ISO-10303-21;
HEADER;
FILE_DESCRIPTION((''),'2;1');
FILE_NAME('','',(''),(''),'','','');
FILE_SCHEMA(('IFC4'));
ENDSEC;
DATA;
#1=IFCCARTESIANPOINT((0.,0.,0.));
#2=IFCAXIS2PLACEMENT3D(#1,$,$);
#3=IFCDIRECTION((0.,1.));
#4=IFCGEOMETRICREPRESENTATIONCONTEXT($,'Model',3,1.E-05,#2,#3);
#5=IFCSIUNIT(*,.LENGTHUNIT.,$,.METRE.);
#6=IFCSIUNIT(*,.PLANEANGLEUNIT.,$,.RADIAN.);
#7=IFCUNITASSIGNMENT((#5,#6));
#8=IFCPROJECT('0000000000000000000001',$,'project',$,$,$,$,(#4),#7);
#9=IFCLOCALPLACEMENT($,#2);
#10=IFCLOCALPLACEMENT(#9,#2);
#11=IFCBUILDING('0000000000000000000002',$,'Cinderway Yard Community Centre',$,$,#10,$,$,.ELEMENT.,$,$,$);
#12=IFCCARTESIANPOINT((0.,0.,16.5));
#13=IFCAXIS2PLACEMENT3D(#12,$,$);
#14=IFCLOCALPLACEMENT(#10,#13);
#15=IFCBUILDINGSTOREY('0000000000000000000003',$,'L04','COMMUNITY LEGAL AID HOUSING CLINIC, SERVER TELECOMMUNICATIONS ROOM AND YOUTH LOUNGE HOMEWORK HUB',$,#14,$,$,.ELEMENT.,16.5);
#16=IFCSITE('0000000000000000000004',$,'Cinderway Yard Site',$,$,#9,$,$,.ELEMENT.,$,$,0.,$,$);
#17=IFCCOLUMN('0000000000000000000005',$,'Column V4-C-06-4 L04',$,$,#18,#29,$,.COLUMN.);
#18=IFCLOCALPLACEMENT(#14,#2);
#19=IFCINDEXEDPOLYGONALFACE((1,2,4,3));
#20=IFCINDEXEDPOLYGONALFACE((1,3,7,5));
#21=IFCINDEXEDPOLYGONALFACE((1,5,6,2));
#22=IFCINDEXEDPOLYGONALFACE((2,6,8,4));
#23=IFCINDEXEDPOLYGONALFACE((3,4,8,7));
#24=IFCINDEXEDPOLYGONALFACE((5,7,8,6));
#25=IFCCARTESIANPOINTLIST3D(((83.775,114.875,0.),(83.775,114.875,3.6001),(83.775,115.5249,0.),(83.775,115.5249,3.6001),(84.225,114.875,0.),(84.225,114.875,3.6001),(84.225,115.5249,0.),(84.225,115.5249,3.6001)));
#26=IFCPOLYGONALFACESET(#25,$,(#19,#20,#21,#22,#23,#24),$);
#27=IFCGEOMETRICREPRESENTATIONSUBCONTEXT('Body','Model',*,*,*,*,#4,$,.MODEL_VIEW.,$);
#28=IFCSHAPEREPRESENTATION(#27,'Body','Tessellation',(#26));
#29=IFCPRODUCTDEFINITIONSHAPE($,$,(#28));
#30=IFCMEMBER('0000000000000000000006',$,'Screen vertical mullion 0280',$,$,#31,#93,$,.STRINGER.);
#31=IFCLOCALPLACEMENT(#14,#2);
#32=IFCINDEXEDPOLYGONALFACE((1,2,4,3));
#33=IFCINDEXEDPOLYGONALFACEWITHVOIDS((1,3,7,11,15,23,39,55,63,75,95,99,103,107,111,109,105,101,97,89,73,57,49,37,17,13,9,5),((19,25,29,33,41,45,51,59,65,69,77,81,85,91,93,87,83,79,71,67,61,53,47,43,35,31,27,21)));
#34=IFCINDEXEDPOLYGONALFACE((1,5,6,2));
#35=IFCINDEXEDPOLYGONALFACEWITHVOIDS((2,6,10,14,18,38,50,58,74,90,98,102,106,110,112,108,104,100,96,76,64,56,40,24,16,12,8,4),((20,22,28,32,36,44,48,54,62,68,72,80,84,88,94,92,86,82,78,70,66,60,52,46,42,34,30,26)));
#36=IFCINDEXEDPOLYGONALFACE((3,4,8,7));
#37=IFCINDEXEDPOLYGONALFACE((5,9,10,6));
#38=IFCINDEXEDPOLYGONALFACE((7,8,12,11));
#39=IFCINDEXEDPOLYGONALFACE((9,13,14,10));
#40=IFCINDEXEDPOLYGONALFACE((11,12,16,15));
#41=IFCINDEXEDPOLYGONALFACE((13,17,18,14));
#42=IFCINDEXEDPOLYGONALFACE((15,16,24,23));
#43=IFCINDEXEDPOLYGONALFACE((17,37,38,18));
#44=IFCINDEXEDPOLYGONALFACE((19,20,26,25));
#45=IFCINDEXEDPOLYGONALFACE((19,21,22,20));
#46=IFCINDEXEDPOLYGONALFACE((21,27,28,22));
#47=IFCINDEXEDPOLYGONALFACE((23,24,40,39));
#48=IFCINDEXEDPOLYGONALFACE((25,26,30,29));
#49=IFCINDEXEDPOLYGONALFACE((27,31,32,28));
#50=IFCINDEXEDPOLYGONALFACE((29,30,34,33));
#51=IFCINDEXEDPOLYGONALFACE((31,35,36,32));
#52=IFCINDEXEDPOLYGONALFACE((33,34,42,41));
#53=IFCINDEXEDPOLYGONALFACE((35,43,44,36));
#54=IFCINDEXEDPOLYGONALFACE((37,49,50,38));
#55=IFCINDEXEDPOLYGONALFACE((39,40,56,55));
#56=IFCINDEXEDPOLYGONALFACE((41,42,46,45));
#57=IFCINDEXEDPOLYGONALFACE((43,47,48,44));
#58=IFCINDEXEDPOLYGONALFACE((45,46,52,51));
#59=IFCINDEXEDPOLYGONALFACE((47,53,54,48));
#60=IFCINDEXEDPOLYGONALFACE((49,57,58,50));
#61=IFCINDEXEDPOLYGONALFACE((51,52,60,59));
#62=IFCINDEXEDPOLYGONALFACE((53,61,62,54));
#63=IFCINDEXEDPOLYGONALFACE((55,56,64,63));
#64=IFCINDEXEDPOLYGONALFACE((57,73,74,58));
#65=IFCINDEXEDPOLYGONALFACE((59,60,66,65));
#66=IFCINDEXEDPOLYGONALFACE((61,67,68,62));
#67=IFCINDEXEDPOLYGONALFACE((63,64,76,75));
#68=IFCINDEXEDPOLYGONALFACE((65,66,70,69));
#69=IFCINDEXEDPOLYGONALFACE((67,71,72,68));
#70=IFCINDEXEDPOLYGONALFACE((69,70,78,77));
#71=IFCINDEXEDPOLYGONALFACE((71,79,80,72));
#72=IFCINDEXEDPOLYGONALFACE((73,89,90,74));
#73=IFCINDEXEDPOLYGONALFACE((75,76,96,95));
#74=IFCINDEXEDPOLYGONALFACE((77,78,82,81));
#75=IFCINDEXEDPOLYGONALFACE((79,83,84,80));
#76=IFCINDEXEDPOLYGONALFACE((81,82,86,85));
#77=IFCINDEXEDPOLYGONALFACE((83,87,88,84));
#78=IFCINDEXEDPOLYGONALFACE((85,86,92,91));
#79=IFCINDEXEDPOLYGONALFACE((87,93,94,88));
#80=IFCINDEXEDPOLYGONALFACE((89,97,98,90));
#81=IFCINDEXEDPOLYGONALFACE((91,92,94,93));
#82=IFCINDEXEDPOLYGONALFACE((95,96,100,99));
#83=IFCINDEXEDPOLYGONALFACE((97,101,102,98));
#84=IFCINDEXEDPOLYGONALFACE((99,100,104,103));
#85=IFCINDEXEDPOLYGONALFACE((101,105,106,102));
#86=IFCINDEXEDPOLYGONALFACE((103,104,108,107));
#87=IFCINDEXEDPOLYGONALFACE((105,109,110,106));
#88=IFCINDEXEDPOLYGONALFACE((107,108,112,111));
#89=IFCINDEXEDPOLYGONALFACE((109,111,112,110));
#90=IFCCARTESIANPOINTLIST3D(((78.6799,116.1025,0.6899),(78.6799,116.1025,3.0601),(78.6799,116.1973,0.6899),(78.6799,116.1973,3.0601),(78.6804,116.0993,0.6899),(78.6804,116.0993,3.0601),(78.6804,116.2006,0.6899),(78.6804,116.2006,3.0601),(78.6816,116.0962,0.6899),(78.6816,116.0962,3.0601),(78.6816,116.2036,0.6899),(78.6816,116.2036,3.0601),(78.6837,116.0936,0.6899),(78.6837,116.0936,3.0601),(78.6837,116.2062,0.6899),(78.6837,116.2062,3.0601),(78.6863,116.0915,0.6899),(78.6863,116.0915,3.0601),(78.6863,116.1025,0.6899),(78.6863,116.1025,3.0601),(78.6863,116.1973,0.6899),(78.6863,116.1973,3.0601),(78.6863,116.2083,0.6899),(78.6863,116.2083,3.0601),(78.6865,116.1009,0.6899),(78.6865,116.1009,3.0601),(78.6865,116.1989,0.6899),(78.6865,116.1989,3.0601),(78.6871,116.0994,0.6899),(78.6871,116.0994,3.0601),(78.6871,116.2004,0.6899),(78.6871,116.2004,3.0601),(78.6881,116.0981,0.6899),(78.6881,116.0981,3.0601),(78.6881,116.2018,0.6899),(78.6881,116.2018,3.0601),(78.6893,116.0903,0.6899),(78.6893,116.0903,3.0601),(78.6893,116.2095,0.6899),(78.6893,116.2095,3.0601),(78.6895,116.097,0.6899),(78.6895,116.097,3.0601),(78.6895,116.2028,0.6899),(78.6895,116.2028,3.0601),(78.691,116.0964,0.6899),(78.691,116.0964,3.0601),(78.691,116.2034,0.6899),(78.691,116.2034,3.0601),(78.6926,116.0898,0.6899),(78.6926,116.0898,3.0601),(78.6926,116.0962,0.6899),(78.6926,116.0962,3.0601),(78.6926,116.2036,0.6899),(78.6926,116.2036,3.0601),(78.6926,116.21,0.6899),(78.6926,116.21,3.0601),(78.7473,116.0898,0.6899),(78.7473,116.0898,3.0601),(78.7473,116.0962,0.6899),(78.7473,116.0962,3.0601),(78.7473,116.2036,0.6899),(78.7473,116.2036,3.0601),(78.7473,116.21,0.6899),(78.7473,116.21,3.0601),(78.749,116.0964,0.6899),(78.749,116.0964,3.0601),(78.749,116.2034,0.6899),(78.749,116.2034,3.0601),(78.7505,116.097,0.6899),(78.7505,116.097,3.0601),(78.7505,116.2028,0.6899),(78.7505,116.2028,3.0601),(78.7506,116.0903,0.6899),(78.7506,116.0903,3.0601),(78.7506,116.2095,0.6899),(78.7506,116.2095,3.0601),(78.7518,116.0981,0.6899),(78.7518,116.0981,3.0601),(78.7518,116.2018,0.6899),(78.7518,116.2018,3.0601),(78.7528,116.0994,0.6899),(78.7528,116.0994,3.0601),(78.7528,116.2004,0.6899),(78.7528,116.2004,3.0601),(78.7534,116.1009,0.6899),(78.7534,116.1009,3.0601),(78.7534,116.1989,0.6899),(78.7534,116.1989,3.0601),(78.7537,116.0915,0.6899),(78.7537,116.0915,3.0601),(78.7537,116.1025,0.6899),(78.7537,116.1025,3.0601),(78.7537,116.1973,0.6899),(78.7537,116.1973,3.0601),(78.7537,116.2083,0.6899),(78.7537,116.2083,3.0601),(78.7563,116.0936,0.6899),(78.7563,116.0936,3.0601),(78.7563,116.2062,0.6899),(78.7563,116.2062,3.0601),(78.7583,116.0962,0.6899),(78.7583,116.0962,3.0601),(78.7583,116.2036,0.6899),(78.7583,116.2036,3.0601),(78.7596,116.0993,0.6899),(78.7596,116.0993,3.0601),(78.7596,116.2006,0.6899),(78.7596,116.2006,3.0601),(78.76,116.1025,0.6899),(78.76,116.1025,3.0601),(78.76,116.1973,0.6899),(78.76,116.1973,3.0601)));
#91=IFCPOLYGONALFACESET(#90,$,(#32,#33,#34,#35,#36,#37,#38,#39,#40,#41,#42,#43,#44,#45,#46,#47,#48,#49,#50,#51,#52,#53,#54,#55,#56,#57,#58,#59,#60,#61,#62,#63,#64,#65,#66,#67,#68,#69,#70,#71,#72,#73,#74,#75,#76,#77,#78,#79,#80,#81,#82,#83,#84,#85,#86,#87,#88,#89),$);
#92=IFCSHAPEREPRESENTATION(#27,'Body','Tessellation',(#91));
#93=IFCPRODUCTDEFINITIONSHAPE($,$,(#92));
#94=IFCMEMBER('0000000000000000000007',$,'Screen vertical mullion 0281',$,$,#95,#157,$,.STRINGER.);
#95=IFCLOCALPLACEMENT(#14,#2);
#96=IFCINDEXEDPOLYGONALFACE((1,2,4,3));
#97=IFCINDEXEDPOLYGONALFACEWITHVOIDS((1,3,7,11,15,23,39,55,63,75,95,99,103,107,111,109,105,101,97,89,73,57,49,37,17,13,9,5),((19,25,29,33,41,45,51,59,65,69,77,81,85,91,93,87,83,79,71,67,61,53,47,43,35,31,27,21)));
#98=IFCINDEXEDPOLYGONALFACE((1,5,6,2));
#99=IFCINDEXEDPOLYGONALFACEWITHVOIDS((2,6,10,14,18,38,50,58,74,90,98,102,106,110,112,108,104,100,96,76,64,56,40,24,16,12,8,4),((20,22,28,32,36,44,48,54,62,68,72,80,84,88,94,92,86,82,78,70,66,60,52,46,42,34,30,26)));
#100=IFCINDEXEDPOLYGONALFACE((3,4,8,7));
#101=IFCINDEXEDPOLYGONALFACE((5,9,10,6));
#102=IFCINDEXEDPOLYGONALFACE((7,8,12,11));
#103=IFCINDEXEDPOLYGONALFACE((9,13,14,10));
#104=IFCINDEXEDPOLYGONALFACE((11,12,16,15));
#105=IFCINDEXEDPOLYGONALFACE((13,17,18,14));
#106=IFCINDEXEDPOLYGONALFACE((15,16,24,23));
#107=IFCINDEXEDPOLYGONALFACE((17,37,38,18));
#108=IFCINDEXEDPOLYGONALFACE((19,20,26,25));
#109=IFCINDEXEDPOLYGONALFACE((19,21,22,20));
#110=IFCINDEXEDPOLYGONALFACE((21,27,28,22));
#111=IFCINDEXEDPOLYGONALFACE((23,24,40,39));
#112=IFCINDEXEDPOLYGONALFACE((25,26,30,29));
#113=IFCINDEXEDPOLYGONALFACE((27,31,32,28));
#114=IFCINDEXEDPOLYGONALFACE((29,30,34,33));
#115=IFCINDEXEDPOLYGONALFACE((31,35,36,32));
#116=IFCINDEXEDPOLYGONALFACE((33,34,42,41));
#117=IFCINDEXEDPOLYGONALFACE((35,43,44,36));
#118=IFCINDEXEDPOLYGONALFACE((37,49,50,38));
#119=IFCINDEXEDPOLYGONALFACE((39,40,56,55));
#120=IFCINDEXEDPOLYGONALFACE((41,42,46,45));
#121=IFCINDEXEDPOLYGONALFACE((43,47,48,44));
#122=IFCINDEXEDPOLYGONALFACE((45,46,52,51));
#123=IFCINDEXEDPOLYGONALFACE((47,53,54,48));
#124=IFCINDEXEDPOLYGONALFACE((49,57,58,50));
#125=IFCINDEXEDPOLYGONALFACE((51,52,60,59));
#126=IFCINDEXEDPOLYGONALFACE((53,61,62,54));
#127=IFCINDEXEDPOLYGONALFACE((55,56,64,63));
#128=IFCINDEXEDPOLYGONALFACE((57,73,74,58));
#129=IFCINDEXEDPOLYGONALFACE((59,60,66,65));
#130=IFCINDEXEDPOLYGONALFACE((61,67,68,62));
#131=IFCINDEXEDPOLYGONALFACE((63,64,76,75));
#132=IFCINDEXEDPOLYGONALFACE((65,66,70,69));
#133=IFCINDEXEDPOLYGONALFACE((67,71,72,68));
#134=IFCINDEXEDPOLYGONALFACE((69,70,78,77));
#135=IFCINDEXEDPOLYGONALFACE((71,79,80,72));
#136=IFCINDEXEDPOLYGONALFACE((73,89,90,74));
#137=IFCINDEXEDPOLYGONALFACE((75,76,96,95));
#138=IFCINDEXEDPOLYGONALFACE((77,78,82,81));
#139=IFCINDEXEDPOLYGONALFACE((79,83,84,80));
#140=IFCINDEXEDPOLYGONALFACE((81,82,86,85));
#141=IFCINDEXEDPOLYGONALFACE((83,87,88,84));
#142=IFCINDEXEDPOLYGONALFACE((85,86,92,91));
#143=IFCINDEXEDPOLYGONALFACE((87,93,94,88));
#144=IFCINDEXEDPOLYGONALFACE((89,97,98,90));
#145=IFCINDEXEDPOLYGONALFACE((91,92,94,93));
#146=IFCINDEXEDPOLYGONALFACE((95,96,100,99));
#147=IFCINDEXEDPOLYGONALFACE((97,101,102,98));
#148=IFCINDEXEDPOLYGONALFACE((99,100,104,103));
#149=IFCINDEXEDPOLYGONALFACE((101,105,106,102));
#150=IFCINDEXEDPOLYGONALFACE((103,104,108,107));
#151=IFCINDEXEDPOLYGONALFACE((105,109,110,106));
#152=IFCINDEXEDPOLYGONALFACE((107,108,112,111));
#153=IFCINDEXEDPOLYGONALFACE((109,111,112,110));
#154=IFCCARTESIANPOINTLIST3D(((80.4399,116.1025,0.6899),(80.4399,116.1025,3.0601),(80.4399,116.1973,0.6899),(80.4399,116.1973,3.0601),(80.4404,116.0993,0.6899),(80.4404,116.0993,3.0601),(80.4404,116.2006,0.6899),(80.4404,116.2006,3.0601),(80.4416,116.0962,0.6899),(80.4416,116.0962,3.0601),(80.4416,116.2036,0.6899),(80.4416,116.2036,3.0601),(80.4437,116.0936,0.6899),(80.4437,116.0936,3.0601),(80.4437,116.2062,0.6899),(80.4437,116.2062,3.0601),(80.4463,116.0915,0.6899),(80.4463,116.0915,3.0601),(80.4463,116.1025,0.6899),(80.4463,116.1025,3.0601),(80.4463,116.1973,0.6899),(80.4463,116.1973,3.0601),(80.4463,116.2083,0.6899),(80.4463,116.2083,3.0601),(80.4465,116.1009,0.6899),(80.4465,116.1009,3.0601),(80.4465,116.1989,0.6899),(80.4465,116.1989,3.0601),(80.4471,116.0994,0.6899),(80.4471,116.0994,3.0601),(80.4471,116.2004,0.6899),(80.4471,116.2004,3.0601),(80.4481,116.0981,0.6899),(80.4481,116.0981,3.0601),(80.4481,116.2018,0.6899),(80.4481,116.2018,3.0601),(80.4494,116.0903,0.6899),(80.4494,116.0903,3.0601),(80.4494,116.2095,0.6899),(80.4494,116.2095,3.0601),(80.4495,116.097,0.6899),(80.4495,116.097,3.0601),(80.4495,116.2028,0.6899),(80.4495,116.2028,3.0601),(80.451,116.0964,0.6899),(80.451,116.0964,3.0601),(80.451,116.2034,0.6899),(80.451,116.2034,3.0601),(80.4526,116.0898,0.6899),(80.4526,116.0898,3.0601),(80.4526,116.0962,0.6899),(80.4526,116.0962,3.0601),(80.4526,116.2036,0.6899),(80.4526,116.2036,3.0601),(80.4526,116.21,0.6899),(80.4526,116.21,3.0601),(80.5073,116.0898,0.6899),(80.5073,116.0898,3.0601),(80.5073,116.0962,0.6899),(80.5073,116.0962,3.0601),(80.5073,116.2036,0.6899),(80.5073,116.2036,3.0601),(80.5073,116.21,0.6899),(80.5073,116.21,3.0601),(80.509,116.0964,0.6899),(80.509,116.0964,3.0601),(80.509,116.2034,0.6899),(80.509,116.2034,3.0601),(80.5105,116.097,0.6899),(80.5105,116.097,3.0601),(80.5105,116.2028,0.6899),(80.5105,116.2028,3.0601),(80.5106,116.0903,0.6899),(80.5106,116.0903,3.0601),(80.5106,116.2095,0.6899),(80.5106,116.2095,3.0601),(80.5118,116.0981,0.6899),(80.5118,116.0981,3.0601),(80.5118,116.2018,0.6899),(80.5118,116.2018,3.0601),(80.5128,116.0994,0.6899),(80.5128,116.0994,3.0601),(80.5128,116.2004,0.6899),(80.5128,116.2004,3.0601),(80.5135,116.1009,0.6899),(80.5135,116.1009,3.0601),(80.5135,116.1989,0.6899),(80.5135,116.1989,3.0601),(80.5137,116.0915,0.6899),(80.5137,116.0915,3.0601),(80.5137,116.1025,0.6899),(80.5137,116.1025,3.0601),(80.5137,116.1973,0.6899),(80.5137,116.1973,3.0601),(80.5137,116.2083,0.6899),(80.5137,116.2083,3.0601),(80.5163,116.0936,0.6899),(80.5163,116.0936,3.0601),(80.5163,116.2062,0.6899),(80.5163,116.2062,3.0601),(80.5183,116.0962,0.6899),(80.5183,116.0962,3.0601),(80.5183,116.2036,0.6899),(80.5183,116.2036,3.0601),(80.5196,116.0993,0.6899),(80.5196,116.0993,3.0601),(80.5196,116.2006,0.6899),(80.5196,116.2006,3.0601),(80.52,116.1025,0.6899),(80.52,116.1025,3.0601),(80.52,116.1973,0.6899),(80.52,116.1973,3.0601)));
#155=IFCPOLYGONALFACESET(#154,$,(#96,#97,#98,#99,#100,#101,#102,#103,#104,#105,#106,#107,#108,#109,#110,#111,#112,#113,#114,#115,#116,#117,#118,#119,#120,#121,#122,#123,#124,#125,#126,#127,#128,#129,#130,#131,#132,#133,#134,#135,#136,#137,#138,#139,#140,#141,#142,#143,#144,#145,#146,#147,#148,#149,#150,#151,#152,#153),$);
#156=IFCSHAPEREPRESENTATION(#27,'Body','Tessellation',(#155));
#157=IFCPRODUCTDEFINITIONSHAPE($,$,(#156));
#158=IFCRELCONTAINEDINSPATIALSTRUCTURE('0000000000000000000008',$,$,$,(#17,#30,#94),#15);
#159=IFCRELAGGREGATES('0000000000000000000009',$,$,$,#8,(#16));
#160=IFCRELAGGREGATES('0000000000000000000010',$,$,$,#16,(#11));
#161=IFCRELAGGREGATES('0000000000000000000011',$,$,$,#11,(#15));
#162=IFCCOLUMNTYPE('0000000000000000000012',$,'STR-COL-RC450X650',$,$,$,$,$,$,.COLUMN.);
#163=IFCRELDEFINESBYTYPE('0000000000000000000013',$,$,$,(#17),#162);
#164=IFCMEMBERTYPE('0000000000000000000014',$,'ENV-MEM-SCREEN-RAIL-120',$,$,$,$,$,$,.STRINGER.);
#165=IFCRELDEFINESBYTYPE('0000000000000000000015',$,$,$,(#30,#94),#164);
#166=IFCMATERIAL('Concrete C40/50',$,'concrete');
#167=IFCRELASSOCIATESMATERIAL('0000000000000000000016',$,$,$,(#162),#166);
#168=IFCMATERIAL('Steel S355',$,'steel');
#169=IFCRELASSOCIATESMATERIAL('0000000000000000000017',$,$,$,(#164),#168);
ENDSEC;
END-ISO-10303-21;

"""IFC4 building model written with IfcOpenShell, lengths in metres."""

from ifc_helpers import new_model, si_unit, direction, frame, origin, origin_2d, place, context, subcontext, project, spatial, rectangle, hollow_rectangle, extrude, material, material_profile, profile_set, type_object, element, save


model = new_model("IFC4")

# Units and contexts
model_context = context("Model", 3, precision=1e-05, world=origin(), true_north=direction((0.0, 1.0)))
body_context = subcontext(model_context, "Body", "Model", "MODEL_VIEW")
ifc_project = project(units=[si_unit("LENGTHUNIT", "METRE"), si_unit("PLANEANGLEUNIT", "RADIAN")], contexts=[model_context])

# Site, building, storey
site_placement = place(None, origin())
site = spatial("IfcSite", under=ifc_project, at=site_placement, Name="Cinderway Yard Site", CompositionType="ELEMENT", RefElevation=0.0)
building_placement = place(site_placement, origin())
building = spatial("IfcBuilding", under=site, at=building_placement, Name="Cinderway Yard Community Centre", CompositionType="ELEMENT")
storey_placement = place(building_placement, frame((0.0, 0.0, 16.5)))
storey = spatial("IfcBuildingStorey", under=building, at=storey_placement, Name="L04", Description="COMMUNITY LEGAL AID HOUSING CLINIC, SERVER TELECOMMUNICATIONS ROOM AND YOUTH LOUNGE HOMEWORK HUB", CompositionType="ELEMENT", Elevation=16.5)

# Column
ifc_material_1 = material(Name="Concrete C40/50", Category="concrete")
ifc_material_profile_1 = material_profile(ifc_material_1, rectangle(XDim=0.45, YDim=0.6499, at=origin_2d()), Name="Concrete C40/50")
ifc_profile_set_1 = profile_set([ifc_material_profile_1], Name="Concrete C40/50")
column_type = type_object("IfcColumnType", Name="STR-COL-RC450X650", PredefinedType="COLUMN", material=ifc_profile_set_1)
column_placement = place(storey_placement, frame((84.0, 115.2, 0.0), z_axis=(0.0, 0.0, 1.0), x_axis=(1.0, 0.0, 0.0)))
element("IfcColumn", 1, at=column_placement, inside=storey, type_object=column_type, Name="Column V4-C-06-4 L04", PredefinedType="COLUMN", context=body_context, shape_type="SweptSolid", body=[
    extrude(rectangle(XDim=0.45, YDim=0.6499, at=origin_2d()), origin(), (0.0, 0.0, 1.0), 3.6001),
])

# Members
ifc_material_2 = material(Name="Steel S355", Category="steel")
ifc_material_profile_2 = material_profile(ifc_material_2, hollow_rectangle(XDim=0.0801, YDim=0.1201, WallThickness=0.0063, InnerFilletRadius=0.0063, OuterFilletRadius=0.0127, at=origin_2d()), Name="Steel S355")
ifc_profile_set_2 = profile_set([ifc_material_profile_2], Name="Steel S355")
member_type = type_object("IfcMemberType", Name="ENV-MEM-SCREEN-RAIL-120", PredefinedType="STRINGER", material=ifc_profile_set_2)
for number, where, z_axis, x_axis, name in (
    (2, (78.72, 116.1499, 0.6899), (0.0, 0.0, 1.0), (1.0, 0.0, 0.0), "Screen vertical mullion 0280"),
    (3, (80.48, 116.1499, 0.6899), (0.0, 0.0, 1.0), (1.0, 0.0, 0.0), "Screen vertical mullion 0281"),
):
    element("IfcMember", number, at=place(storey_placement, frame(where, z_axis=z_axis, x_axis=x_axis)), inside=storey, type_object=member_type, Name=name, PredefinedType="STRINGER", context=body_context, shape_type="SweptSolid", body=[
        extrude(hollow_rectangle(XDim=0.0801, YDim=0.1201, WallThickness=0.0063, InnerFilletRadius=0.0063, OuterFilletRadius=0.0127, at=origin_2d()), origin(), (0.0, 0.0, 1.0), 2.3701),
    ])

save(model, "model.ifc")
